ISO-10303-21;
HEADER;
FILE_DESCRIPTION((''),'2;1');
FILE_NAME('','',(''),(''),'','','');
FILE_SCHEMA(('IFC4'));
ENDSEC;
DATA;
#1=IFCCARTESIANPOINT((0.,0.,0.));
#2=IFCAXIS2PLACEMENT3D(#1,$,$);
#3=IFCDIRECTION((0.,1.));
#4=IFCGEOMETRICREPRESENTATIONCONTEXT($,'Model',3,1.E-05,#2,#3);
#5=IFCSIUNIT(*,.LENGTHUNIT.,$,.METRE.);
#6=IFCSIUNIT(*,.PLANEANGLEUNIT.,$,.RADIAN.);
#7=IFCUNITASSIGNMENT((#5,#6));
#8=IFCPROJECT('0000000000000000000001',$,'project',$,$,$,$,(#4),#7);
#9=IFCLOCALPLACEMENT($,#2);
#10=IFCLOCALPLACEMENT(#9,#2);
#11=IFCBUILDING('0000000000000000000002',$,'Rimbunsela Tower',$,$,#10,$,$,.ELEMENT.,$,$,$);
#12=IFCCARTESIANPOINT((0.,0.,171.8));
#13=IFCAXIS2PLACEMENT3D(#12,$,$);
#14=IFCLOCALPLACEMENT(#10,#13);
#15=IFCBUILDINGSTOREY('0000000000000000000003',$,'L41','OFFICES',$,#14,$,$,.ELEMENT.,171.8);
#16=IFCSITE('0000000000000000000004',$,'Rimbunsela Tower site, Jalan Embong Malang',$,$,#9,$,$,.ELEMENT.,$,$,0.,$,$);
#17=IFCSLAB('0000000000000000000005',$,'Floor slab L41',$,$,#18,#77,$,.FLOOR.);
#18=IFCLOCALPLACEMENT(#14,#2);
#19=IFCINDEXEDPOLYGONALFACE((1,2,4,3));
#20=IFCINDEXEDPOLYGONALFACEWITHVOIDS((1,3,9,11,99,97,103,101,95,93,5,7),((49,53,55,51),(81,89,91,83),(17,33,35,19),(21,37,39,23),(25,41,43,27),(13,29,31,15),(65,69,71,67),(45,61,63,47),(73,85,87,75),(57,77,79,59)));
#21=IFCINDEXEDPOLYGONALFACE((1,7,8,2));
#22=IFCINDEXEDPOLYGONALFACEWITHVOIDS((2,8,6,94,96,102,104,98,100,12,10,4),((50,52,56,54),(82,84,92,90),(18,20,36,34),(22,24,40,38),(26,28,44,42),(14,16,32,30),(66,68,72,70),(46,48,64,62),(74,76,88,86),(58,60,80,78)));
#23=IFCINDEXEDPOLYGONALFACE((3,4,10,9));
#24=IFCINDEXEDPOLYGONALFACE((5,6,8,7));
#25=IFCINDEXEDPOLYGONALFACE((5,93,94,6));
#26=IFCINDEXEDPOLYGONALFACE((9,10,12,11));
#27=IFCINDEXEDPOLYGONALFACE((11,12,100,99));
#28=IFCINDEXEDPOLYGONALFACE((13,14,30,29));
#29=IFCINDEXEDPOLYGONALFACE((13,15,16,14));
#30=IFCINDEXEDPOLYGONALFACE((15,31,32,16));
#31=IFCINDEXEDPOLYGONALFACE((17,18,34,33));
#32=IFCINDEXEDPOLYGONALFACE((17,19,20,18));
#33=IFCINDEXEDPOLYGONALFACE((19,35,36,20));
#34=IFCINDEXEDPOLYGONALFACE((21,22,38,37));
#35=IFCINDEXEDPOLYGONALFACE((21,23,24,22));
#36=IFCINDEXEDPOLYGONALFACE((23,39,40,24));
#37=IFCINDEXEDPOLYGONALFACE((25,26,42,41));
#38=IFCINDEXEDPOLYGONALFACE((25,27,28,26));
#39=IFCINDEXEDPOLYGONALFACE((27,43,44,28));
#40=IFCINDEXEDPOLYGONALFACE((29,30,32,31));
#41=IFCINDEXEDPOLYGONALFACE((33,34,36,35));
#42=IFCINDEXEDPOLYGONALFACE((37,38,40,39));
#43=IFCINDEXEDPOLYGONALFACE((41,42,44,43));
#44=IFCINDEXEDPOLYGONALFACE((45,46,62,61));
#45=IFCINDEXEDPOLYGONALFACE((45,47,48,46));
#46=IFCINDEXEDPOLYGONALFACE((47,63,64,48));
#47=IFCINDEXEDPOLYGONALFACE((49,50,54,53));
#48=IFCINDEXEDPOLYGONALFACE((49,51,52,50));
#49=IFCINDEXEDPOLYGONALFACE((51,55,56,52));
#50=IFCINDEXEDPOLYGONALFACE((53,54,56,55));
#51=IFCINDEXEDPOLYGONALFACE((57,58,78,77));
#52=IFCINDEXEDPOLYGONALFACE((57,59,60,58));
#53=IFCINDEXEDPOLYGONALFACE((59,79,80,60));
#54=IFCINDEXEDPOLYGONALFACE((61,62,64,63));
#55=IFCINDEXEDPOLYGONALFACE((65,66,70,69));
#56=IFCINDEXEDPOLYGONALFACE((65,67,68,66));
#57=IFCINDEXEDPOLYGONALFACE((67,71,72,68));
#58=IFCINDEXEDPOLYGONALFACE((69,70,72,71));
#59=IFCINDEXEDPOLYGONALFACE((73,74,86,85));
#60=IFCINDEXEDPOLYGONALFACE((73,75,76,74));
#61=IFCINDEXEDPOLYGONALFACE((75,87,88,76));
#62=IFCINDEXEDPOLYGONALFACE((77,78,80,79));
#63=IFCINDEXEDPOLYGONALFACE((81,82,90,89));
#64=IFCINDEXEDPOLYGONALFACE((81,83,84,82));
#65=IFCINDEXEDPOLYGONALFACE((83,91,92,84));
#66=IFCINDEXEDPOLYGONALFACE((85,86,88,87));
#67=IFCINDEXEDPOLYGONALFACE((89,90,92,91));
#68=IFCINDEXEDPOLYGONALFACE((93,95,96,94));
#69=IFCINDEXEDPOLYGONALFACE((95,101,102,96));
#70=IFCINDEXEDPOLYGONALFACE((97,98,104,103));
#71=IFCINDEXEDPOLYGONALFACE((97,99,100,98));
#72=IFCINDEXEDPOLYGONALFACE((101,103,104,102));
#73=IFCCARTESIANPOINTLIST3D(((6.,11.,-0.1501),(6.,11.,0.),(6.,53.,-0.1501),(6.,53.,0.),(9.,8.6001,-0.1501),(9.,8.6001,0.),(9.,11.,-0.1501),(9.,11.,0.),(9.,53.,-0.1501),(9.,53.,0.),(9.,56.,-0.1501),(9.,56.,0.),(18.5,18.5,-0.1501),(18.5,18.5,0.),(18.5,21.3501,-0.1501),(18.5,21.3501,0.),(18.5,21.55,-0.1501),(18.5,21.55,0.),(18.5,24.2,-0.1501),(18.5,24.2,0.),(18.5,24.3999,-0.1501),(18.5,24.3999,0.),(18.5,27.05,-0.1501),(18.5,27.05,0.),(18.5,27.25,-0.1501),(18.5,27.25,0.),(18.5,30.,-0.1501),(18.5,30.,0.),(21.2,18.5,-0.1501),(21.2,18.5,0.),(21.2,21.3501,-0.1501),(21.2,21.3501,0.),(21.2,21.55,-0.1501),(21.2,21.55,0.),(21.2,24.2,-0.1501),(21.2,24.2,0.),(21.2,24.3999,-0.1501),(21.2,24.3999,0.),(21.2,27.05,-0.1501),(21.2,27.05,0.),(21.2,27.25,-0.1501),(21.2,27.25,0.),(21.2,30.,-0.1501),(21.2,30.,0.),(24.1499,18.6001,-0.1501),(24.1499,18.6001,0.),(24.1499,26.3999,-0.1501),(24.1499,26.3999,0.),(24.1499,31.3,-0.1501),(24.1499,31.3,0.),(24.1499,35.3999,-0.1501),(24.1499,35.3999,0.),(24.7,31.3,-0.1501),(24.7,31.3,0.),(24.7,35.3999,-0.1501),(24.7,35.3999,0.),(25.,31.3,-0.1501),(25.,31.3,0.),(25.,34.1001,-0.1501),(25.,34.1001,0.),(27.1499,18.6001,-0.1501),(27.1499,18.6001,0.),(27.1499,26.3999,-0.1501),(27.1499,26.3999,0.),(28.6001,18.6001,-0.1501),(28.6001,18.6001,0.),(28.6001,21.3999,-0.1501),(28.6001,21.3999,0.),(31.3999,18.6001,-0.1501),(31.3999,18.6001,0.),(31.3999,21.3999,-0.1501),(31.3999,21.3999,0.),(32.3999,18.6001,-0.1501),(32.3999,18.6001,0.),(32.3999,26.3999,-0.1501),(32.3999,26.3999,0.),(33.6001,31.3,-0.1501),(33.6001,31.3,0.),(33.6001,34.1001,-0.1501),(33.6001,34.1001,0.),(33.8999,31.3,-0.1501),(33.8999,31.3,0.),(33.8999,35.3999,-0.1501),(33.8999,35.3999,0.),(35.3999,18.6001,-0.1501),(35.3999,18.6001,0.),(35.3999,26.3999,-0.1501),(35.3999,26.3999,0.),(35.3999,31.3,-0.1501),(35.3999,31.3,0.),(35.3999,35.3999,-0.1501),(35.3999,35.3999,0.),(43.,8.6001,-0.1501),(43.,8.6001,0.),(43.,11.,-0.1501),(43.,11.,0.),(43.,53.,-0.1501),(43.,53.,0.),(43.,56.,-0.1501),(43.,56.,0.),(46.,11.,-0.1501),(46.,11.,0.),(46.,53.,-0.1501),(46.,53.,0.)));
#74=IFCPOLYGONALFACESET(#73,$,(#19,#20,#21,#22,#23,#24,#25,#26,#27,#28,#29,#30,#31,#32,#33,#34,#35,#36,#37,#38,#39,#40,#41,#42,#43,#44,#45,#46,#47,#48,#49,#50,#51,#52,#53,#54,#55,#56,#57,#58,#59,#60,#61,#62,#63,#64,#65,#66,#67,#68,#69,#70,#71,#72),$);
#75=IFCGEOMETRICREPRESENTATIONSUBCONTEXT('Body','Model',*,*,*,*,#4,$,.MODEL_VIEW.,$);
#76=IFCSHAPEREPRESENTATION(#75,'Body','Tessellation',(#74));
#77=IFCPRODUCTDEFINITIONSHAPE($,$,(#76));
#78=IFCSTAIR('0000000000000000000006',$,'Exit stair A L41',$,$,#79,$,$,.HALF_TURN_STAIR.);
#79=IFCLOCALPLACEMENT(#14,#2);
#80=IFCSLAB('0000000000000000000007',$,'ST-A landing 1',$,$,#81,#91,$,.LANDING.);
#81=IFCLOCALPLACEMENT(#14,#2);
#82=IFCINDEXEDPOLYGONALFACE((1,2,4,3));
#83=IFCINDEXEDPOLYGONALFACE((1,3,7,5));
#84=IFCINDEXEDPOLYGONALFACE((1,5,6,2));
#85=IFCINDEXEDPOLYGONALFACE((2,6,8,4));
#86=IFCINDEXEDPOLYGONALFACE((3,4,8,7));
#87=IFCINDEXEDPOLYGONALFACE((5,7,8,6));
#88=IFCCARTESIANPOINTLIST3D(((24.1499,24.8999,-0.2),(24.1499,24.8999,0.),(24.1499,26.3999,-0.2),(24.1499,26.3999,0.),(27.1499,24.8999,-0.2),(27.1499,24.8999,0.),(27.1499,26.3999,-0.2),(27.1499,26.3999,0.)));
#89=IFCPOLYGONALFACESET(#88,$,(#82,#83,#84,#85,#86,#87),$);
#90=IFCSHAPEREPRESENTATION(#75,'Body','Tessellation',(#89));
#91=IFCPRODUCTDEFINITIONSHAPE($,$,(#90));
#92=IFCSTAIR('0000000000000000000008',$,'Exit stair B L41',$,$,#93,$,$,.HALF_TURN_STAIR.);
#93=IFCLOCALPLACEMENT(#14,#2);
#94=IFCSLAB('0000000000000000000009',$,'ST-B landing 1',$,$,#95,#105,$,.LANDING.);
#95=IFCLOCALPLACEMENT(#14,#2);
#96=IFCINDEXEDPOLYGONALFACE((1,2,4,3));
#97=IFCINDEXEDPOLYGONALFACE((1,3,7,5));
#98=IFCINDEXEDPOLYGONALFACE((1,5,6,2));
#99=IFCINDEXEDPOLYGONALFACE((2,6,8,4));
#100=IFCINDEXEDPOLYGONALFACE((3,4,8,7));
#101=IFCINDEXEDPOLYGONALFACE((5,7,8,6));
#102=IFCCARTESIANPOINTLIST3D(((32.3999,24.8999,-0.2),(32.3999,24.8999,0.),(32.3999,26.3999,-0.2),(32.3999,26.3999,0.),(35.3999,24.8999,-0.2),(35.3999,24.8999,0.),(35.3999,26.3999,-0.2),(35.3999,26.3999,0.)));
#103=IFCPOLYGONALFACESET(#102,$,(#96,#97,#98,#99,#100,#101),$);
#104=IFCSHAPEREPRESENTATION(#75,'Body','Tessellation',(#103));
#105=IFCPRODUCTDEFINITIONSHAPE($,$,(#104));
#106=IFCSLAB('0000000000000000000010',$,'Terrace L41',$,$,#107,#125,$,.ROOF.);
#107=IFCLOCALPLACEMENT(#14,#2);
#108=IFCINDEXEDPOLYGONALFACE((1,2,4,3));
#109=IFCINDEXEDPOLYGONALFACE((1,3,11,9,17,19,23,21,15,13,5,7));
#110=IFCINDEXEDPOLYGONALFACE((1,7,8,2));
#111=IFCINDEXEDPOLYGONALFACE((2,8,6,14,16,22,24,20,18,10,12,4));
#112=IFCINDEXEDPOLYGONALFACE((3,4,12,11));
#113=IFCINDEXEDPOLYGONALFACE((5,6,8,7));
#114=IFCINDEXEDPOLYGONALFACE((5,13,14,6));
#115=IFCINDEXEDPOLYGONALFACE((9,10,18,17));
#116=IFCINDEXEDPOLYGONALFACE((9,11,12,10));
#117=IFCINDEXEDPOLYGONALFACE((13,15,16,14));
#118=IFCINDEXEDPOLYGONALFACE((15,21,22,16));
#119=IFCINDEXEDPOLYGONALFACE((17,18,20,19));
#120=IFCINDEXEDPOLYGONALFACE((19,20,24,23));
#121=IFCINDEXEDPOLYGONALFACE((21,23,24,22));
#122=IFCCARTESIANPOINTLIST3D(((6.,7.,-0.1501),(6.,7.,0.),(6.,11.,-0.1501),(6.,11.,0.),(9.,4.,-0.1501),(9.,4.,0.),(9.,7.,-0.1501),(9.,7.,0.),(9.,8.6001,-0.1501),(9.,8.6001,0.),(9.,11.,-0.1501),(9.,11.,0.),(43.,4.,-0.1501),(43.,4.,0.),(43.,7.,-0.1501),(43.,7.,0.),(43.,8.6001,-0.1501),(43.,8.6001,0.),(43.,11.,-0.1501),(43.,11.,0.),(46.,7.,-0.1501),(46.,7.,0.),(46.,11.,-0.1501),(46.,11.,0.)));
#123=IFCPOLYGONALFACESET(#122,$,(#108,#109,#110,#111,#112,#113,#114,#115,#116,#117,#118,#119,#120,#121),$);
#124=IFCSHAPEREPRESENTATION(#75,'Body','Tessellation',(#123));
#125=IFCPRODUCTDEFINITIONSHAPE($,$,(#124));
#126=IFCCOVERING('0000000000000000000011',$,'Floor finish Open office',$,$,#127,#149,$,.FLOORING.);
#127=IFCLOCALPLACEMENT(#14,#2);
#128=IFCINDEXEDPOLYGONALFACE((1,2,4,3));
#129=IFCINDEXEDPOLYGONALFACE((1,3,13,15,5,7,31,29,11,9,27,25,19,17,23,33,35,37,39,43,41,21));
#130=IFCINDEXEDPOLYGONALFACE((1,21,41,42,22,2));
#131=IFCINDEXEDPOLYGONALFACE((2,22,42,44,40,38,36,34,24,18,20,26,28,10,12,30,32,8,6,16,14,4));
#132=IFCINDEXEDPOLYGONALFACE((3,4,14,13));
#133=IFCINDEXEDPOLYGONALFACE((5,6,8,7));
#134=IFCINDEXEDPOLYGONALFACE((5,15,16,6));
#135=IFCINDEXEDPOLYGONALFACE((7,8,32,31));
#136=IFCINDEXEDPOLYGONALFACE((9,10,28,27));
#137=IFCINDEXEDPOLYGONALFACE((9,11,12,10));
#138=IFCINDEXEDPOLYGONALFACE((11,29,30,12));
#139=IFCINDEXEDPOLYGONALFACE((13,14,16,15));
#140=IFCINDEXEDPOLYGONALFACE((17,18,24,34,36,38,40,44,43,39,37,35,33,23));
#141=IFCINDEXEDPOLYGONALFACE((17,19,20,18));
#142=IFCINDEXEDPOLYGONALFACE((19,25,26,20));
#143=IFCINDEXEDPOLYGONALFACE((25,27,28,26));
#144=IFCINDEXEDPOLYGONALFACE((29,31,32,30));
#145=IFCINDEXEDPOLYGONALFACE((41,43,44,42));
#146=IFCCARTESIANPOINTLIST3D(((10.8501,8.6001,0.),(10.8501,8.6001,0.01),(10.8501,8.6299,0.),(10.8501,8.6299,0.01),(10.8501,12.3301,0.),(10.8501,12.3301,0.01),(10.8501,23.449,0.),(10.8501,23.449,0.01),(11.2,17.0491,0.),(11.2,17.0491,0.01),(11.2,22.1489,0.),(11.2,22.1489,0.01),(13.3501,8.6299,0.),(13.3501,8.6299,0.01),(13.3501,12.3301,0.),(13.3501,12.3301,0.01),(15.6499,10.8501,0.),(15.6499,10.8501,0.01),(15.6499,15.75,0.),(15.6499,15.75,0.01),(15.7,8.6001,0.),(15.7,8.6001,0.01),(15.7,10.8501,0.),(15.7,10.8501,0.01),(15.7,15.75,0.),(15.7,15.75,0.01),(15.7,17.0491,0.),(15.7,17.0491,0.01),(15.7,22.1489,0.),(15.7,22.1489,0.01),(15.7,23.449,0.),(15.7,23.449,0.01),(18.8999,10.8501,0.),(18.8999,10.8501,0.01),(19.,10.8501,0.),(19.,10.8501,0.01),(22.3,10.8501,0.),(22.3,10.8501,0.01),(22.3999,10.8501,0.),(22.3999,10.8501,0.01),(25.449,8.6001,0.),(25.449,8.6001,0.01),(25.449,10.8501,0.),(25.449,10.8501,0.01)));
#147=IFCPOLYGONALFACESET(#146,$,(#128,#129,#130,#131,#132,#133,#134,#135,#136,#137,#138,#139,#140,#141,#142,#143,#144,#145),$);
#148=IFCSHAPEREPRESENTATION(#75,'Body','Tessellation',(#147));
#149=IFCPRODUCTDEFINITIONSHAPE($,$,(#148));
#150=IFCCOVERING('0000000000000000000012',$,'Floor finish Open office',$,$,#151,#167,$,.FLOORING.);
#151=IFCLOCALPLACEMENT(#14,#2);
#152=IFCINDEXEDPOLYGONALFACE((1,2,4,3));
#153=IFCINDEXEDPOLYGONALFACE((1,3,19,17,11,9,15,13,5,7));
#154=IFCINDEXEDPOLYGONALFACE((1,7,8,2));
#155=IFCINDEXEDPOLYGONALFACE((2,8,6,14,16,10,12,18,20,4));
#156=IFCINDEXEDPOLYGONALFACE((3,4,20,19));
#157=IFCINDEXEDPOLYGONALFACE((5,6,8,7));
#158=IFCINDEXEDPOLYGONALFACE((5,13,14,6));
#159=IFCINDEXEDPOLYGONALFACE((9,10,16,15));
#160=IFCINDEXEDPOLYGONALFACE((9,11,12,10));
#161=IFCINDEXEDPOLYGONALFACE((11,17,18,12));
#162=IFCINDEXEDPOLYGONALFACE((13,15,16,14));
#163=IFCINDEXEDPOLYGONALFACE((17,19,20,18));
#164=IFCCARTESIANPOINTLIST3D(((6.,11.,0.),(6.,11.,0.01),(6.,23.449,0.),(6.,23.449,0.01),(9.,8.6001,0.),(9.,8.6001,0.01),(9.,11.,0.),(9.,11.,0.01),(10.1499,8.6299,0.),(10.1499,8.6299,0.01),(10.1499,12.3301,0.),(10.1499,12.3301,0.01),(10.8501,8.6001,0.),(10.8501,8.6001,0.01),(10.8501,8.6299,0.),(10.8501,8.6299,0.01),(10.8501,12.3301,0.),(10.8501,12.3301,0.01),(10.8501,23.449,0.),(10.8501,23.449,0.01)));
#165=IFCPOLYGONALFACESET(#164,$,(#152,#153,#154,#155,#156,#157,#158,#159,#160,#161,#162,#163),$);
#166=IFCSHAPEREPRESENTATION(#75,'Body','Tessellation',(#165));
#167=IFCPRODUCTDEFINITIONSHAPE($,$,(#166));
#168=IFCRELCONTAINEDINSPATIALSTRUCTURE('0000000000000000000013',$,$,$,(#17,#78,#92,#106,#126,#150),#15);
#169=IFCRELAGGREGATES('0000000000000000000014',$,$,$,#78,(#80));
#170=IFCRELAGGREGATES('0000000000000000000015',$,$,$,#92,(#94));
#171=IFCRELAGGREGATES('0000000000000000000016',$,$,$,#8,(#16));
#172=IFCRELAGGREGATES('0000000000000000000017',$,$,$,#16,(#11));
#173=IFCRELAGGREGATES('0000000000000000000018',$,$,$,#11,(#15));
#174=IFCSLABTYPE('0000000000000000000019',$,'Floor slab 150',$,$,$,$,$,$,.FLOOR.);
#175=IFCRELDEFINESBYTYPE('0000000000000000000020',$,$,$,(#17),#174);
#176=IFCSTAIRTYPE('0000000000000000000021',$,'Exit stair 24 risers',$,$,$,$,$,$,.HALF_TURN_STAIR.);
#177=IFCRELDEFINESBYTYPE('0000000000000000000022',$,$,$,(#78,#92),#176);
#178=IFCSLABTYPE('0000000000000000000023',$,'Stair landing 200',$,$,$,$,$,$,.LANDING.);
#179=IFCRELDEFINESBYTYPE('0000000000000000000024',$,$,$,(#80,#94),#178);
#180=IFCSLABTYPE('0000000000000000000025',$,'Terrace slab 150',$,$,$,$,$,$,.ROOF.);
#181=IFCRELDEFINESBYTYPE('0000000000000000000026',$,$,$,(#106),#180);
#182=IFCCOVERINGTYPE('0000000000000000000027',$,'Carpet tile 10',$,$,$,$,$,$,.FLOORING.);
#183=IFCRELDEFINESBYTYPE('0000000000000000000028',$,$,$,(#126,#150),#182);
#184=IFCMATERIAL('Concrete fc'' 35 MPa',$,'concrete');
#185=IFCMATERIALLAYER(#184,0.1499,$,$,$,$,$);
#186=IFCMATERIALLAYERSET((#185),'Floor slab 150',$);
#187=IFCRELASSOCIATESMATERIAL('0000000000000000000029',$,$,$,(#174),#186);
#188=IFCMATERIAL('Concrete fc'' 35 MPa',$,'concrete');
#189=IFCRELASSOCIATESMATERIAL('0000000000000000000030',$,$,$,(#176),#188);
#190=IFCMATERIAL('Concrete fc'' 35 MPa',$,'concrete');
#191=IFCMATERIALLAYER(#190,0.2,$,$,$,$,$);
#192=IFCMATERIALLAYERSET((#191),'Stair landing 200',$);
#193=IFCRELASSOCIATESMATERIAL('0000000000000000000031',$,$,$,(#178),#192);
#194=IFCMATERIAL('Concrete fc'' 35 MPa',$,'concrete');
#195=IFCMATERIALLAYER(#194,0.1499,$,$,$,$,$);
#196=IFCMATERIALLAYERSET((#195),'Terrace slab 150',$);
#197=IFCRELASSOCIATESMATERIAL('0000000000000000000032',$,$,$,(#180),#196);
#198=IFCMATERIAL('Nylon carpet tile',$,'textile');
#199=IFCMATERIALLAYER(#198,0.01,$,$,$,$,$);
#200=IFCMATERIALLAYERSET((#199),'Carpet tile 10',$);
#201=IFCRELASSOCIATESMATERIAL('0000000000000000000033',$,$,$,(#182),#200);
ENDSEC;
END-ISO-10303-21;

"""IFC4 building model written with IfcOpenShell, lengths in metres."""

from ifc_helpers import new_model, si_unit, direction, frame, origin, place, context, subcontext, project, spatial, polyline, outline, extrude, material, layer, layer_set, type_object, element, aggregate, save


model = new_model("IFC4")

# Units and contexts
model_context = context("Model", 3, precision=1e-05, world=origin(), true_north=direction((0.0, 1.0)))
body_context = subcontext(model_context, "Body", "Model", "MODEL_VIEW")
ifc_project = project(units=[si_unit("LENGTHUNIT", "METRE"), si_unit("PLANEANGLEUNIT", "RADIAN")], contexts=[model_context])

# Site, building, storey
site_placement = place(None, origin())
site = spatial("IfcSite", under=ifc_project, at=site_placement, Name="Rimbunsela Tower site, Jalan Embong Malang", CompositionType="ELEMENT", RefElevation=0.0)
building_placement = place(site_placement, origin())
building = spatial("IfcBuilding", under=site, at=building_placement, Name="Rimbunsela Tower", CompositionType="ELEMENT")
storey_placement = place(building_placement, frame((0.0, 0.0, 171.8)))
storey = spatial("IfcBuildingStorey", under=building, at=storey_placement, Name="L41", Description="OFFICES", CompositionType="ELEMENT", Elevation=171.8)

# Slab
ifc_material_1 = material(Name="Concrete fc' 35 MPa", Category="concrete")
ifc_layer_1 = layer(ifc_material_1, 0.1499)
ifc_layer_set_1 = layer_set([ifc_layer_1], Name="Floor slab 150")
slab_type_1 = type_object("IfcSlabType", Name="Floor slab 150", PredefinedType="FLOOR", material=ifc_layer_set_1)
slab_1_placement = place(storey_placement, frame((0.0, 0.0, -0.1501)))
element("IfcSlab", 1, at=slab_1_placement, inside=storey, type_object=slab_type_1, Name="Floor slab L41", PredefinedType="FLOOR", context=body_context, shape_type="SweptSolid", body=[
    extrude(outline(polyline([(9.0, 11.0), (9.0, 8.6001), (43.0, 8.6001), (43.0, 11.0), (46.0, 11.0), (46.0, 53.0), (43.0, 53.0), (43.0, 56.0), (9.0, 56.0), (9.0, 53.0), (6.0, 53.0), (6.0, 11.0), (9.0, 11.0)]), holes=[polyline([(21.2, 21.3501), (18.5, 21.3501), (18.5, 18.5), (21.2, 18.5), (21.2, 21.3501)]), polyline([(21.2, 21.55), (21.2, 24.2), (18.5, 24.2), (18.5, 21.55), (21.2, 21.55)]), polyline([(21.2, 27.05), (18.5, 27.05), (18.5, 24.3999), (21.2, 24.3999), (21.2, 27.05)]), polyline([(21.2, 27.25), (21.2, 30.0), (18.5, 30.0), (18.5, 27.25), (21.2, 27.25)]), polyline([(27.1499, 18.6001), (27.1499, 26.3999), (24.1499, 26.3999), (24.1499, 18.6001), (27.1499, 18.6001)]), polyline([(24.7, 31.3), (24.7, 35.3999), (24.1499, 35.3999), (24.1499, 31.3), (24.7, 31.3)]), polyline([(25.0, 34.1001), (25.0, 31.3), (33.6001, 31.3), (33.6001, 34.1001), (25.0, 34.1001)]), polyline([(31.3999, 21.3999), (28.6001, 21.3999), (28.6001, 18.6001), (31.3999, 18.6001), (31.3999, 21.3999)]), polyline([(35.3999, 18.6001), (35.3999, 26.3999), (32.3999, 26.3999), (32.3999, 18.6001), (35.3999, 18.6001)]), polyline([(35.3999, 31.3), (35.3999, 35.3999), (33.8999, 35.3999), (33.8999, 31.3), (35.3999, 31.3)])]), origin(), (0.0, 0.0, 1.0), 0.1501),
])

# Stairs, slabs
ifc_material_2 = material(Name="Concrete fc' 35 MPa", Category="concrete")
stair_type = type_object("IfcStairType", Name="Exit stair 24 risers", PredefinedType="HALF_TURN_STAIR", material=ifc_material_2)
stair_1_placement = place(storey_placement, origin())
stair_1 = element("IfcStair", 2, at=stair_1_placement, inside=storey, type_object=stair_type, Name="Exit stair A L41", PredefinedType="HALF_TURN_STAIR")
ifc_material_3 = material(Name="Concrete fc' 35 MPa", Category="concrete")
ifc_layer_2 = layer(ifc_material_3, 0.2)
ifc_layer_set_2 = layer_set([ifc_layer_2], Name="Stair landing 200")
slab_type_2 = type_object("IfcSlabType", Name="Stair landing 200", PredefinedType="LANDING", material=ifc_layer_set_2)
slab_2_placement = place(storey_placement, frame((0.0, 0.0, -0.2)))
slab_2 = element("IfcSlab", 3, at=slab_2_placement, type_object=slab_type_2, Name="ST-A landing 1", PredefinedType="LANDING", context=body_context, shape_type="SweptSolid", body=[
    extrude(outline(polyline([(24.1499, 24.8999), (27.1499, 24.8999), (27.1499, 26.3999), (24.1499, 26.3999), (24.1499, 24.8999)])), origin(), (0.0, 0.0, 1.0), 0.2),
])
aggregate(stair_1, [slab_2])
stair_2_placement = place(storey_placement, origin())
stair_2 = element("IfcStair", 4, at=stair_2_placement, inside=storey, type_object=stair_type, Name="Exit stair B L41", PredefinedType="HALF_TURN_STAIR")
slab_3_placement = place(storey_placement, frame((0.0, 0.0, -0.2)))
slab_3 = element("IfcSlab", 5, at=slab_3_placement, type_object=slab_type_2, Name="ST-B landing 1", PredefinedType="LANDING", context=body_context, shape_type="SweptSolid", body=[
    extrude(outline(polyline([(32.3999, 24.8999), (35.3999, 24.8999), (35.3999, 26.3999), (32.3999, 26.3999), (32.3999, 24.8999)])), origin(), (0.0, 0.0, 1.0), 0.2),
])
aggregate(stair_2, [slab_3])

# Slab
ifc_material_4 = material(Name="Concrete fc' 35 MPa", Category="concrete")
ifc_layer_3 = layer(ifc_material_4, 0.1499)
ifc_layer_set_3 = layer_set([ifc_layer_3], Name="Terrace slab 150")
slab_type_3 = type_object("IfcSlabType", Name="Terrace slab 150", PredefinedType="ROOF", material=ifc_layer_set_3)
slab_4_placement = place(storey_placement, frame((0.0, 0.0, -0.1501)))
element("IfcSlab", 6, at=slab_4_placement, inside=storey, type_object=slab_type_3, Name="Terrace L41", PredefinedType="ROOF", context=body_context, shape_type="SweptSolid", body=[
    extrude(outline(polyline([(46.0, 7.0), (43.0, 7.0), (43.0, 4.0), (9.0, 4.0), (9.0, 7.0), (6.0, 7.0), (6.0, 11.0), (9.0, 11.0), (9.0, 8.6001), (43.0, 8.6001), (43.0, 11.0), (46.0, 11.0), (46.0, 7.0)])), origin(), (0.0, 0.0, 1.0), 0.1501),
])

# Coverings
ifc_material_5 = material(Name="Nylon carpet tile", Category="textile")
ifc_layer_4 = layer(ifc_material_5, 0.01)
ifc_layer_set_4 = layer_set([ifc_layer_4], Name="Carpet tile 10")
covering_type_1 = type_object("IfcCoveringType", Name="Carpet tile 10", PredefinedType="FLOORING", material=ifc_layer_set_4)
covering_1_placement = place(storey_placement, origin())
element("IfcCovering", 7, at=covering_1_placement, inside=storey, type_object=covering_type_1, Name="Floor finish Open office", PredefinedType="FLOORING", context=body_context, shape_type="SweptSolid", body=[
    extrude(outline(polyline([(19.0, 10.8501), (22.3, 10.8501), (22.3999, 10.8501), (25.449, 10.8501), (25.449, 8.6001), (15.7, 8.6001), (10.8501, 8.6001), (10.8501, 8.6299), (13.3501, 8.6299), (13.3501, 12.3301), (10.8501, 12.3301), (10.8501, 23.449), (15.7, 23.449), (15.7, 22.1489), (11.2, 22.1489), (11.2, 17.0491), (15.7, 17.0491), (15.7, 15.75), (15.6499, 15.75), (15.6499, 10.8501), (15.7, 10.8501), (18.8999, 10.8501), (19.0, 10.8501)])), origin(), (0.0, 0.0, 1.0), 0.01),
])
covering_2_placement = place(storey_placement, origin())
element("IfcCovering", 8, at=covering_2_placement, inside=storey, type_object=covering_type_1, Name="Floor finish Open office", PredefinedType="FLOORING", context=body_context, shape_type="SweptSolid", body=[
    extrude(outline(polyline([(10.8501, 8.6001), (9.0, 8.6001), (9.0, 11.0), (6.0, 11.0), (6.0, 23.449), (10.8501, 23.449), (10.8501, 12.3301), (10.1499, 12.3301), (10.1499, 8.6299), (10.8501, 8.6299), (10.8501, 8.6001)])), origin(), (0.0, 0.0, 1.0), 0.01),
])

save(model, "model.ifc")
